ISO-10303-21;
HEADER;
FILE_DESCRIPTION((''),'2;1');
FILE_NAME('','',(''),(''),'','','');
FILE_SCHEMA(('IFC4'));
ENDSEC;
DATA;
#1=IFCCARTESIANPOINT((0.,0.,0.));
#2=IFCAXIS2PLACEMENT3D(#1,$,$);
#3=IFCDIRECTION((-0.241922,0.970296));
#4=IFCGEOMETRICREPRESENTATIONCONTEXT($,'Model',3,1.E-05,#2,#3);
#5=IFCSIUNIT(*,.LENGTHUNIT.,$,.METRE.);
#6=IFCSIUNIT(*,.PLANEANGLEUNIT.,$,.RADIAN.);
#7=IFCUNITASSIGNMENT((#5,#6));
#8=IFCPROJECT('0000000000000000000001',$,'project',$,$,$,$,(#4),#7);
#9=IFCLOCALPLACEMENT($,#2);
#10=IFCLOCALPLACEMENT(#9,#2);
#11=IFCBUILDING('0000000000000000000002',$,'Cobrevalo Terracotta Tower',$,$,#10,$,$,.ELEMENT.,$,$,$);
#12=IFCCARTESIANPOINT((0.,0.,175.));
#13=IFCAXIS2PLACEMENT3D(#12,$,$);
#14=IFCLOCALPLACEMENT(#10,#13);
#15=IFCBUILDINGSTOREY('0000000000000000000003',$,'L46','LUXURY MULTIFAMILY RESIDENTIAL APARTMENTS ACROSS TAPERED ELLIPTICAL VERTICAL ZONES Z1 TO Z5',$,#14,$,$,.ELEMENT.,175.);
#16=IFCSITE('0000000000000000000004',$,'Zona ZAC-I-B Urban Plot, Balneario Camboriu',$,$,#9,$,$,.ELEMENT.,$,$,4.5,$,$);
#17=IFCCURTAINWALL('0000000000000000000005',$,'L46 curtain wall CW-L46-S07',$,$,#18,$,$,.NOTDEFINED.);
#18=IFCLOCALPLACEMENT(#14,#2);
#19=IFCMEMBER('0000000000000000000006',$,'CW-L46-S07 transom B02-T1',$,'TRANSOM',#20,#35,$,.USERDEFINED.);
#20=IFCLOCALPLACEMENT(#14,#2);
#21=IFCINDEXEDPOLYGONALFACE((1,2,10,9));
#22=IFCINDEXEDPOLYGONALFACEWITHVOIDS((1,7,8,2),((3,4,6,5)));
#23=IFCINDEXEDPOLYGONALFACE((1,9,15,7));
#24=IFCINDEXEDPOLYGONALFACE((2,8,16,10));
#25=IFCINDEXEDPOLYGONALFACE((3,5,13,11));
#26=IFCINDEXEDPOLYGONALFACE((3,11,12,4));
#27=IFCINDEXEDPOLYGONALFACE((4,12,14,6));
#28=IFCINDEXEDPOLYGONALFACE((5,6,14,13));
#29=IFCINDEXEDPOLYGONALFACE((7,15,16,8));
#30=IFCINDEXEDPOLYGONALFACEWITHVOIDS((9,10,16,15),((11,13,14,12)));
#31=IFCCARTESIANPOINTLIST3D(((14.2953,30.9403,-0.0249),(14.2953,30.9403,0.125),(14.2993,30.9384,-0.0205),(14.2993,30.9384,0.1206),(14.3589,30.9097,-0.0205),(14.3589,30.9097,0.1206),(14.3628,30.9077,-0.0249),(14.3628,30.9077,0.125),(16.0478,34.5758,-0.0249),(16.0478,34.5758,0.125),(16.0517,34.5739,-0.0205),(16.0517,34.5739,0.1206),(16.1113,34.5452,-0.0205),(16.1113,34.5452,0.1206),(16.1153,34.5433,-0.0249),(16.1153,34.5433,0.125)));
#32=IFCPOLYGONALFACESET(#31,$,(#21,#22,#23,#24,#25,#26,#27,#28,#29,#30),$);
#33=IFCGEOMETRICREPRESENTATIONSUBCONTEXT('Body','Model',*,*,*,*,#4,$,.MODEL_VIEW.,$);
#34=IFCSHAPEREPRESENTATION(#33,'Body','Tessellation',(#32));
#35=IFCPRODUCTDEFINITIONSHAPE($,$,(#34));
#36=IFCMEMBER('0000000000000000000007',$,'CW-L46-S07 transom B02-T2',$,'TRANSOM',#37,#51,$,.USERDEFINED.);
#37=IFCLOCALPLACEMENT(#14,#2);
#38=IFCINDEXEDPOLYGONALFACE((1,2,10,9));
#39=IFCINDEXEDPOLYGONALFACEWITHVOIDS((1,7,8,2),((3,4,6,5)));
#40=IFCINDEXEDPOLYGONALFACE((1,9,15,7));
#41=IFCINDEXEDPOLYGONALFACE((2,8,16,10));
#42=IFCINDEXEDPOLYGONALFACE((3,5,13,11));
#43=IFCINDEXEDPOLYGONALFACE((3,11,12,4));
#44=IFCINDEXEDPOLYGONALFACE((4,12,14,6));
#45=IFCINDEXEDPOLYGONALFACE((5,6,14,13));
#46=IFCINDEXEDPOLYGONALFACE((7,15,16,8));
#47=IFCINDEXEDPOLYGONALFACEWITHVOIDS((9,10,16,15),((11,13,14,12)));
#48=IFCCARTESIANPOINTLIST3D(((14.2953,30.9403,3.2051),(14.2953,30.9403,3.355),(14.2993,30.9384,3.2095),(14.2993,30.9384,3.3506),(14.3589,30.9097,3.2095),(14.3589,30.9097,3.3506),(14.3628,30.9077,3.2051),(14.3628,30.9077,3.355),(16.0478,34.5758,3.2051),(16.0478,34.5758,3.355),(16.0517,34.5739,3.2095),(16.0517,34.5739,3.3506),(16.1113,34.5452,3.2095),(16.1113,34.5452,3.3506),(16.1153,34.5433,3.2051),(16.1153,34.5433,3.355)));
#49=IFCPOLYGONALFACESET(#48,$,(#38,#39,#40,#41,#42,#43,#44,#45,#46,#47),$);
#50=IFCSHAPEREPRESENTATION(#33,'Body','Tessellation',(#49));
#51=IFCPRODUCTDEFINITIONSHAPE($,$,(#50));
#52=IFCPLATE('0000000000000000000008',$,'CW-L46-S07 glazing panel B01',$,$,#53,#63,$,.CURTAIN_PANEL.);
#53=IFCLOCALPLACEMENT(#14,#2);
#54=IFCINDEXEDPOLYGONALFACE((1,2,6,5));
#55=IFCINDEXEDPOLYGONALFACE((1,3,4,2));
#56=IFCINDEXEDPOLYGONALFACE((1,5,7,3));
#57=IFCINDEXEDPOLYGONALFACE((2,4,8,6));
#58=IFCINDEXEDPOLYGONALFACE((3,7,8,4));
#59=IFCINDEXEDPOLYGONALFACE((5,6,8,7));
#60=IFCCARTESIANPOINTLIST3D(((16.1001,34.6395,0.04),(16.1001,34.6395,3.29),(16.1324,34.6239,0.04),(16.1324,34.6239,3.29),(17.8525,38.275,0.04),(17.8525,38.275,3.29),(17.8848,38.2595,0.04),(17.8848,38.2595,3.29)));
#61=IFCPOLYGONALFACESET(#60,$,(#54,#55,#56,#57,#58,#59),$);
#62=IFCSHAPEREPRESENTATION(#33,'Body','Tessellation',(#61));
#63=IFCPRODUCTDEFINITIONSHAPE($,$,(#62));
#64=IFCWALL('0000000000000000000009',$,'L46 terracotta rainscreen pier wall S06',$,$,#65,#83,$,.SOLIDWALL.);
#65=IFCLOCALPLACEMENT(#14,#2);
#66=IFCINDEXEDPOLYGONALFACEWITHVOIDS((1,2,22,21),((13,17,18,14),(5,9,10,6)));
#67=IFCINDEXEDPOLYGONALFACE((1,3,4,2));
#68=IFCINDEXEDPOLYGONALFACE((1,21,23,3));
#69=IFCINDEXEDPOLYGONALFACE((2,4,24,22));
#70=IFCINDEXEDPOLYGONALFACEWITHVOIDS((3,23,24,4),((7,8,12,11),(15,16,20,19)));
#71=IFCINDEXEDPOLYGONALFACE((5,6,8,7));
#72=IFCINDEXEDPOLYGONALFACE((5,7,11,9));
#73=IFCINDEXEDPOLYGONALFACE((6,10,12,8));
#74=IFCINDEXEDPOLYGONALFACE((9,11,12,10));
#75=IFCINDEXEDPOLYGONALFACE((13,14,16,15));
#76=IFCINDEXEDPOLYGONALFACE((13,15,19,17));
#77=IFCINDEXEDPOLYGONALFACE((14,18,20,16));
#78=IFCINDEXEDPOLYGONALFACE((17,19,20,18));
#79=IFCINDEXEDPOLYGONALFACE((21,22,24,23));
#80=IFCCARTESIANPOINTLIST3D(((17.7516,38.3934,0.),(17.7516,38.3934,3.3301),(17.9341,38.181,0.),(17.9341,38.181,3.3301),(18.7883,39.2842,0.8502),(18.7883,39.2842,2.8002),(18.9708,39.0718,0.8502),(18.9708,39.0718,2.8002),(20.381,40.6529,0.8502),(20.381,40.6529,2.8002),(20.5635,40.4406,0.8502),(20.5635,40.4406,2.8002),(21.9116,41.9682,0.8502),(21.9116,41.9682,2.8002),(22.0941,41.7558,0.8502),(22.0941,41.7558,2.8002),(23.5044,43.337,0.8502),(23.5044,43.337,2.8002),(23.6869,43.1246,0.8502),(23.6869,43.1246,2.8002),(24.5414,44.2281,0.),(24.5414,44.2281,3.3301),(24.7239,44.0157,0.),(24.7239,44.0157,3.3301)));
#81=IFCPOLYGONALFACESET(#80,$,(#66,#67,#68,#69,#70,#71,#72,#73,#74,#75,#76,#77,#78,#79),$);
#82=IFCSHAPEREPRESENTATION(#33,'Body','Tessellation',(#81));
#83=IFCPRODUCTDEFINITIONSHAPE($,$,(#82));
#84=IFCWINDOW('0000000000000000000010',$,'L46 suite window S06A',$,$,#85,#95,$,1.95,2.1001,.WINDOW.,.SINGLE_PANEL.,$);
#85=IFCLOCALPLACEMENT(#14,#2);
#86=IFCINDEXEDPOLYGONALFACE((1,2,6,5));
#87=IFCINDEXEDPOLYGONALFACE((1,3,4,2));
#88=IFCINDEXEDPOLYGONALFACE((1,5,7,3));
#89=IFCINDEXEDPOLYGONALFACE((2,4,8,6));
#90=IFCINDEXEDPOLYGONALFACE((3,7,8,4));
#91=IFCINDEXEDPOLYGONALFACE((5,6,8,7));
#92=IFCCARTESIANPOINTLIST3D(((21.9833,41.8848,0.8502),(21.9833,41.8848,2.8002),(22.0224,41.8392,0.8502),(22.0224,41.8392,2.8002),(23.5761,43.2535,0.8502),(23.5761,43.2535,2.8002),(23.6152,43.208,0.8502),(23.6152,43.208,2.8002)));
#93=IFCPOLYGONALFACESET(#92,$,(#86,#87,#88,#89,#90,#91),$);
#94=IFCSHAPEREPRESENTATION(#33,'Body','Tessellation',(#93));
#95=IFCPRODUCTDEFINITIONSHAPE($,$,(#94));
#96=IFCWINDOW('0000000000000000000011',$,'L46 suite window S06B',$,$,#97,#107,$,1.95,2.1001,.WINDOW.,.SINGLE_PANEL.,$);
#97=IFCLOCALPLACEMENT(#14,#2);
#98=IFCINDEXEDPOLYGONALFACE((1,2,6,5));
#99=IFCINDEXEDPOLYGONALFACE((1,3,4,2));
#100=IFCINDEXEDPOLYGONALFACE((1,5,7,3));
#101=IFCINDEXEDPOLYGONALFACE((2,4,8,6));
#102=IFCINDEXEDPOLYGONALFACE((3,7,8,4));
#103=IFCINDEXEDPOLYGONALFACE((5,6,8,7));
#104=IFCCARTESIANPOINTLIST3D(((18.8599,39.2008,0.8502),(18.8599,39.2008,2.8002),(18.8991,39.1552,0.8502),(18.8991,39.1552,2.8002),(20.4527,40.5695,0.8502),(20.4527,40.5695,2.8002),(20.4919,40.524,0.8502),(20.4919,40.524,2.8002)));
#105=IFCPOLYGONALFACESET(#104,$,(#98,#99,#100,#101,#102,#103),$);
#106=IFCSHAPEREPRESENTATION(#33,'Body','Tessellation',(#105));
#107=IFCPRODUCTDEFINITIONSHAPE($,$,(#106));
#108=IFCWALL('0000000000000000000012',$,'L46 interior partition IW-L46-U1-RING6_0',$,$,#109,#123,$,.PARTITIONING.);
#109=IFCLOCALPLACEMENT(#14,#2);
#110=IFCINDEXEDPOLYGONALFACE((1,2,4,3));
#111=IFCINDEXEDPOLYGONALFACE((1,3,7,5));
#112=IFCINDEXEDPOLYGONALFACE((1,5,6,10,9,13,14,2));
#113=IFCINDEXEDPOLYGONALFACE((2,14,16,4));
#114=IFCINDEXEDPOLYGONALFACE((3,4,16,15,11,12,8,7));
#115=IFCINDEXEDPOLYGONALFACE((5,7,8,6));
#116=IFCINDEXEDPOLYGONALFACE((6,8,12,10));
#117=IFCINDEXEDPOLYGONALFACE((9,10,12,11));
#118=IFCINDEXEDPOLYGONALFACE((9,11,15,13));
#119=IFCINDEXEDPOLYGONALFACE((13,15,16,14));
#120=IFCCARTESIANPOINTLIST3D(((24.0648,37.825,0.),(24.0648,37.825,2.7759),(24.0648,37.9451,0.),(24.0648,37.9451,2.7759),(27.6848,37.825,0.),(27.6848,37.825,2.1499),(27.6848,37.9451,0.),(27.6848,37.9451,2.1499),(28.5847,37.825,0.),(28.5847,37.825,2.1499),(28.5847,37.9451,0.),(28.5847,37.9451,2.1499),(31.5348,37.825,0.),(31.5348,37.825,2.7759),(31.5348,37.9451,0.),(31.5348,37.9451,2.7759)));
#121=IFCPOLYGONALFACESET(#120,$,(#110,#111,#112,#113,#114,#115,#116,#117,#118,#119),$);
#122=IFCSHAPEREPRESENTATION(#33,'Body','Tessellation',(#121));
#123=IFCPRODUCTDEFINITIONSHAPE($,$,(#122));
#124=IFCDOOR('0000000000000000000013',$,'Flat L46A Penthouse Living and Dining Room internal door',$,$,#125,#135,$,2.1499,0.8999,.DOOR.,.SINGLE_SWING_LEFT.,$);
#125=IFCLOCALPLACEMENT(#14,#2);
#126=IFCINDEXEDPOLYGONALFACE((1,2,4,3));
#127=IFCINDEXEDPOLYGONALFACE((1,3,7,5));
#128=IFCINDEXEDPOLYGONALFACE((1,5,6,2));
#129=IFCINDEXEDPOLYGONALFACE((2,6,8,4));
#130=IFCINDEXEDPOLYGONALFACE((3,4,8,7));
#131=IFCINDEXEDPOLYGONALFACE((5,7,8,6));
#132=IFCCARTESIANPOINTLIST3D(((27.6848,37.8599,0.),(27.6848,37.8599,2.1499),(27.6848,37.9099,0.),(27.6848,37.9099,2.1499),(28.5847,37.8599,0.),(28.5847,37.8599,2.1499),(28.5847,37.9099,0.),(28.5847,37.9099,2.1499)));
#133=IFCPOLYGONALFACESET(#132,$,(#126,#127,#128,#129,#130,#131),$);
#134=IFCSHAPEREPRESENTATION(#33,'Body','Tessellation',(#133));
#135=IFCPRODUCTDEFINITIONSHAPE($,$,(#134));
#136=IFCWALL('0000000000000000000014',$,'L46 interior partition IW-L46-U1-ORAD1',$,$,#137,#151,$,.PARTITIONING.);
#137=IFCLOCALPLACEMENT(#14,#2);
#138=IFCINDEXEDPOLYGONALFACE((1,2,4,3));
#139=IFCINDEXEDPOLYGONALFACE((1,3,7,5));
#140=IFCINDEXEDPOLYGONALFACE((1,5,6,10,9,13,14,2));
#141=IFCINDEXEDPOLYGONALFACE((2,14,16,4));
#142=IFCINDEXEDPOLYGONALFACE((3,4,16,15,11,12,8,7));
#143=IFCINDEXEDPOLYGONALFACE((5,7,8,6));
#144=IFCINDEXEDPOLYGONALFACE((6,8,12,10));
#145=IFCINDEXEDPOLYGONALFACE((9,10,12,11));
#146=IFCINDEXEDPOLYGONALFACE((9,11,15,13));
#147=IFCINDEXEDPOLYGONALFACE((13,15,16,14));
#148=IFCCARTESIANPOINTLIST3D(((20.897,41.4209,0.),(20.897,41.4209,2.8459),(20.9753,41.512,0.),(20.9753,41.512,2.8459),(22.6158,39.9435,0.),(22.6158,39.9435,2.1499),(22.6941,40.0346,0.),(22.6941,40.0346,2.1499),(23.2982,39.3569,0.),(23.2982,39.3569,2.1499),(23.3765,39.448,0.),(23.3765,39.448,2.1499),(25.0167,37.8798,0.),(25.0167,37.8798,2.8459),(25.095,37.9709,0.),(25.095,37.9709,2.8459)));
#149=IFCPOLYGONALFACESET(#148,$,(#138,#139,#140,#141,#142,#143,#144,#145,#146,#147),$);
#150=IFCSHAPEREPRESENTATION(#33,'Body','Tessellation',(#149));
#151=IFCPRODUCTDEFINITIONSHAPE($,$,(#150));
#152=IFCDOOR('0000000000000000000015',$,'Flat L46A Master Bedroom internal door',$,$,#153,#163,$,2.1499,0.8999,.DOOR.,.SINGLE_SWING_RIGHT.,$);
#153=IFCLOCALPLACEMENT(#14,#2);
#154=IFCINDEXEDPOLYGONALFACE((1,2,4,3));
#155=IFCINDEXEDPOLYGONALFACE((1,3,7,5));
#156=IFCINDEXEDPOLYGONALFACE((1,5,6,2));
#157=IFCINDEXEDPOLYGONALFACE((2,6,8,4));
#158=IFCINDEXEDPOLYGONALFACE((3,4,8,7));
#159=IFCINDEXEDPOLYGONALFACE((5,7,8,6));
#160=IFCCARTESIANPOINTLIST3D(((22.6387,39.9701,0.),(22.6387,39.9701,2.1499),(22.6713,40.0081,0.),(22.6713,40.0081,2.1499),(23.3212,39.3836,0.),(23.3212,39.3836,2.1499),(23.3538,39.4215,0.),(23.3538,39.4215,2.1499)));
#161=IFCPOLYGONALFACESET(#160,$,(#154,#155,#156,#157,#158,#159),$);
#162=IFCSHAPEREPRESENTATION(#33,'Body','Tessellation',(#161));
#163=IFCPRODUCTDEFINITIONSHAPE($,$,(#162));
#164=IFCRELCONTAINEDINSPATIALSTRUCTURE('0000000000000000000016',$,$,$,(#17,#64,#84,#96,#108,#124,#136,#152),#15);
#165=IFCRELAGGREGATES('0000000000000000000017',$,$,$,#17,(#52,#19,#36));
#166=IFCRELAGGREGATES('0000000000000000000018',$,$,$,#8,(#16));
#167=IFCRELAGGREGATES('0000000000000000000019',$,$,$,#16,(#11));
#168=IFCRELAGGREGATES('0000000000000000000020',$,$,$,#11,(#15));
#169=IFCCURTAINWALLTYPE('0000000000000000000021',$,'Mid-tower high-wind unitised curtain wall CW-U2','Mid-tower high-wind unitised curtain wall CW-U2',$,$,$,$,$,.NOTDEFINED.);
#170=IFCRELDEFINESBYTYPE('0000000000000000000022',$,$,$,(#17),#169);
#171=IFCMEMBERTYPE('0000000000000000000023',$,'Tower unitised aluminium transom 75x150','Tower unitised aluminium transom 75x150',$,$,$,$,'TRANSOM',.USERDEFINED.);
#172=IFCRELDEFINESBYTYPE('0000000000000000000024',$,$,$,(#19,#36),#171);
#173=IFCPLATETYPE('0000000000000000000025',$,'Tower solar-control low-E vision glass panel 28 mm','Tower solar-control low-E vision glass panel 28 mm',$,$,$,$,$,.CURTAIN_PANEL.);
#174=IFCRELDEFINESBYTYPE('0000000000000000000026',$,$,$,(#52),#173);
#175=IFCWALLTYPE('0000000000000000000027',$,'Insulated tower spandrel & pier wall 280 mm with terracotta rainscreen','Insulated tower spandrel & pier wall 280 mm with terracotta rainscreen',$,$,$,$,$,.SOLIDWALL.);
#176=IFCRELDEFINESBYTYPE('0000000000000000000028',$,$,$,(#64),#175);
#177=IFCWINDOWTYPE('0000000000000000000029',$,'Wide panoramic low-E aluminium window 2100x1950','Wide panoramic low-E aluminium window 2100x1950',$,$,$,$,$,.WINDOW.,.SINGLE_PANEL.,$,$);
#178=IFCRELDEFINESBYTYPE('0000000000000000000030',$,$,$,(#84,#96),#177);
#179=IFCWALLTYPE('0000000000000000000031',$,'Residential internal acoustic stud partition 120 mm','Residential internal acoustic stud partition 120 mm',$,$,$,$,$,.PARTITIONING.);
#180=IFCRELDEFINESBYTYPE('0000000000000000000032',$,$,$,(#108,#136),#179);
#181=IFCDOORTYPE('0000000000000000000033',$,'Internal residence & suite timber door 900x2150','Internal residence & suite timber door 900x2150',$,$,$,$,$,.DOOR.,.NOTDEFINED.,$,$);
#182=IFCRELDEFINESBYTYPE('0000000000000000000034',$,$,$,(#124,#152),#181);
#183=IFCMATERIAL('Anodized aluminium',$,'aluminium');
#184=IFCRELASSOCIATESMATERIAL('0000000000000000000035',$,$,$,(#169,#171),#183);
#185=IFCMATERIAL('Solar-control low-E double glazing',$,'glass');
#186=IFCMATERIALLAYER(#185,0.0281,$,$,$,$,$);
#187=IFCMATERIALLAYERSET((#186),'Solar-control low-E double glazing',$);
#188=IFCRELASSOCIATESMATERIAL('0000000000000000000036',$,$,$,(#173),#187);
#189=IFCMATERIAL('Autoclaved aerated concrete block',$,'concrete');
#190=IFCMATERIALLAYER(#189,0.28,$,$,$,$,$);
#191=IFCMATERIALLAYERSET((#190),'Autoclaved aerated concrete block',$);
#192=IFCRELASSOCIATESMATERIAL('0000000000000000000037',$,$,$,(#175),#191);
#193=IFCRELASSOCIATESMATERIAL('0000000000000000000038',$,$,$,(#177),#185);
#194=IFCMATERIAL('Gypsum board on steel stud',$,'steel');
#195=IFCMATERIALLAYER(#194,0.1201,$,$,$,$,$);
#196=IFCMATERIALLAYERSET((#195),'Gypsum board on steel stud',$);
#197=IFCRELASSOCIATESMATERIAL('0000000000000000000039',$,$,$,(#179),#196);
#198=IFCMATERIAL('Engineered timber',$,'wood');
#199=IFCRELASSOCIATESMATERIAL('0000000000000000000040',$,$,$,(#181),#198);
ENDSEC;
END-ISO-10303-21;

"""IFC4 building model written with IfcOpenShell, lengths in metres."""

from ifc_helpers import new_model, si_unit, direction, frame, frame_2d, origin, origin_2d, place, context, subcontext, project, spatial, rectangle, hollow_rectangle, extrude, source, transform, mapped, material, layer, layer_set, material_profile, profile_set, type_object, element, fill, aggregate, save


model = new_model("IFC4")

# Units and contexts
model_context = context("Model", 3, precision=1e-05, world=origin(), true_north=direction((-0.241922, 0.970296)))
body_context = subcontext(model_context, "Body", "Model", "MODEL_VIEW")
ifc_project = project(units=[si_unit("LENGTHUNIT", "METRE"), si_unit("PLANEANGLEUNIT", "RADIAN")], contexts=[model_context])

# Site, building, storey
site_placement = place(None, origin())
site = spatial("IfcSite", under=ifc_project, at=site_placement, Name="Zona ZAC-I-B Urban Plot, Balneario Camboriu", CompositionType="ELEMENT", RefElevation=4.5)
building_placement = place(site_placement, origin())
building = spatial("IfcBuilding", under=site, at=building_placement, Name="Cobrevalo Terracotta Tower", CompositionType="ELEMENT")
storey_placement = place(building_placement, frame((0.0, 0.0, 175.0)))
storey = spatial("IfcBuildingStorey", under=building, at=storey_placement, Name="L46", Description="LUXURY MULTIFAMILY RESIDENTIAL APARTMENTS ACROSS TAPERED ELLIPTICAL VERTICAL ZONES Z1 TO Z5", CompositionType="ELEMENT", Elevation=175.0)

# Shared definitions
ifc_material_1 = material(Name="Anodized aluminium", Category="aluminium")
curtain_wall_type = type_object("IfcCurtainWallType", Name="Mid-tower high-wind unitised curtain wall CW-U2", Description="Mid-tower high-wind unitised curtain wall CW-U2", PredefinedType="NOTDEFINED", material=ifc_material_1)

# Curtain wall, members, plate
curtain_wall_1_placement = place(storey_placement, origin())
curtain_wall_1 = element("IfcCurtainWall", 1, at=curtain_wall_1_placement, inside=storey, type_object=curtain_wall_type, Name="L46 curtain wall CW-L46-S07", PredefinedType="NOTDEFINED")
ifc_material_profile_1 = material_profile(ifc_material_1, hollow_rectangle(XDim=0.075, YDim=0.1499, WallThickness=0.0044, at=origin_2d()), Name="CWT 75x150")
ifc_profile_set_1 = profile_set([ifc_material_profile_1], Name="Anodized aluminium")
member_type_1 = type_object("IfcMemberType", Name="Tower unitised aluminium transom 75x150", Description="Tower unitised aluminium transom 75x150", ElementType="TRANSOM", PredefinedType="USERDEFINED", material=ifc_profile_set_1)
shared_shape_1 = source(origin(), body_context, "Body", "SweptSolid", [
    extrude(hollow_rectangle(XDim=0.075, YDim=0.1499, WallThickness=0.0044, at=origin_2d()), origin(), (0.0, 0.0, 1.0), 4.0359),
])
member_1_placement = place(storey_placement, frame((16.0815, 34.5596, 0.05), z_axis=(-0.434221, -0.900806, 0.0), x_axis=(0.900806, -0.434221, 0.0)))
member_1 = element("IfcMember", 2, at=member_1_placement, type_object=member_type_1, Name="CW-L46-S07 transom B02-T1", ObjectType="TRANSOM", PredefinedType="USERDEFINED", context=body_context, shape_type="MappedRepresentation", body=[
    mapped(shared_shape_1, transform((0.0, 0.0, 0.0), scale=1.0)),
])
member_2_placement = place(storey_placement, frame((16.0815, 34.5596, 3.28), z_axis=(-0.434221, -0.900806, 0.0), x_axis=(0.900806, -0.434221, 0.0)))
member_2 = element("IfcMember", 3, at=member_2_placement, type_object=member_type_1, Name="CW-L46-S07 transom B02-T2", ObjectType="TRANSOM", PredefinedType="USERDEFINED", context=body_context, shape_type="MappedRepresentation", body=[
    mapped(shared_shape_1, transform((0.0, 0.0, 0.0), scale=1.0)),
])
ifc_material_2 = material(Name="Solar-control low-E double glazing", Category="glass")
ifc_layer_1 = layer(ifc_material_2, 0.0281)
ifc_layer_set_1 = layer_set([ifc_layer_1], Name="Solar-control low-E double glazing")
plate_type = type_object("IfcPlateType", Name="Tower solar-control low-E vision glass panel 28 mm", Description="Tower solar-control low-E vision glass panel 28 mm", PredefinedType="CURTAIN_PANEL", material=ifc_layer_set_1)
shared_shape_2 = source(origin(), body_context, "Body", "SweptSolid", [
    extrude(rectangle(XDim=4.0359, YDim=0.0359, at=origin_2d()), origin(), (0.0, 0.0, 1.0), 3.25),
])
plate_placement = place(storey_placement, frame((16.9924, 36.4495, 0.04), z_axis=(0.0, 0.0, 1.0), x_axis=(-0.434209, -0.900812, 0.0)))
plate = element("IfcPlate", 4, at=plate_placement, type_object=plate_type, Name="CW-L46-S07 glazing panel B01", PredefinedType="CURTAIN_PANEL", context=body_context, shape_type="MappedRepresentation", body=[
    mapped(shared_shape_2, transform((0.0, 0.0, 0.0), scale=1.0)),
])
aggregate(curtain_wall_1, [plate, member_1, member_2])

# Wall, openings, windows
ifc_material_3 = material(Name="Autoclaved aerated concrete block", Category="concrete")
ifc_layer_2 = layer(ifc_material_3, 0.28)
ifc_layer_set_2 = layer_set([ifc_layer_2], Name="Autoclaved aerated concrete block")
wall_type_1 = type_object("IfcWallType", Name="Insulated tower spandrel & pier wall 280 mm with terracotta rainscreen", Description="Insulated tower spandrel & pier wall 280 mm with terracotta rainscreen", PredefinedType="SOLIDWALL", material=ifc_layer_set_2)
wall_1_placement = place(storey_placement, frame((24.6326, 44.1218, 0.0), z_axis=(0.0, 0.0, 1.0), x_axis=(-0.758434, -0.65175, 0.0)))
wall_1 = element("IfcWall", 5, at=wall_1_placement, inside=storey, type_object=wall_type_1, Name="L46 terracotta rainscreen pier wall S06", PredefinedType="SOLIDWALL", context=body_context, shape_type="SweptSolid", body=[
    extrude(rectangle(XDim=8.9524, YDim=0.28, at=frame_2d((4.4761, 0.0))), origin(), (0.0, 0.0, 1.0), 3.3301),
])
opening_1_placement = place(wall_1_placement, frame((1.3672, 0.0, 0.8501)))
opening_1 = element("IfcOpeningElement", 6, at=opening_1_placement, cuts=wall_1, PredefinedType="OPENING", context=body_context, shape_type="SweptSolid", body=[
    extrude(rectangle(XDim=2.1001, YDim=1.95, at=frame_2d((1.05, 0.9751))), frame((0.0, 0.1499, 0.0), z_axis=(0.0, -1.0, 0.0), x_axis=(1.0, 0.0, 0.0)), (0.0, 0.0, 1.0), 0.3),
])
opening_2_placement = place(wall_1_placement, frame((5.4854, 0.0, 0.8501)))
opening_2 = element("IfcOpeningElement", 7, at=opening_2_placement, cuts=wall_1, PredefinedType="OPENING", context=body_context, shape_type="SweptSolid", body=[
    extrude(rectangle(XDim=2.1001, YDim=1.95, at=frame_2d((1.05, 0.9751))), frame((0.0, 0.1499, 0.0), z_axis=(0.0, -1.0, 0.0), x_axis=(1.0, 0.0, 0.0)), (0.0, 0.0, 1.0), 0.3),
])
window_type = type_object("IfcWindowType", Name="Wide panoramic low-E aluminium window 2100x1950", Description="Wide panoramic low-E aluminium window 2100x1950", PartitioningType="SINGLE_PANEL", PredefinedType="WINDOW", material=ifc_material_2)
shared_shape_3 = source(origin(), body_context, "Body", "SweptSolid", [
    extrude(rectangle(XDim=2.1001, YDim=1.95, at=frame_2d((1.05, 0.9751))), frame((0.0, 0.03, 0.0), z_axis=(0.0, -1.0, 0.0), x_axis=(1.0, 0.0, 0.0)), (0.0, 0.0, 1.0), 0.0601),
])
window_1_placement = place(opening_1_placement, origin())
window_1 = element("IfcWindow", 8, at=window_1_placement, inside=storey, type_object=window_type, Name="L46 suite window S06A", OverallHeight=1.95, OverallWidth=2.1001, PartitioningType="SINGLE_PANEL", PredefinedType="WINDOW", context=body_context, shape_type="MappedRepresentation", body=[
    mapped(shared_shape_3, transform((0.0, 0.0, 0.0), scale=1.0)),
])
fill(opening_1, window_1)
window_2_placement = place(opening_2_placement, origin())
window_2 = element("IfcWindow", 9, at=window_2_placement, inside=storey, type_object=window_type, Name="L46 suite window S06B", OverallHeight=1.95, OverallWidth=2.1001, PartitioningType="SINGLE_PANEL", PredefinedType="WINDOW", context=body_context, shape_type="MappedRepresentation", body=[
    mapped(shared_shape_3, transform((0.0, 0.0, 0.0), scale=1.0)),
])
fill(opening_2, window_2)

# Walls, openings, doors
ifc_material_4 = material(Name="Gypsum board on steel stud", Category="steel")
ifc_layer_3 = layer(ifc_material_4, 0.1201)
ifc_layer_set_3 = layer_set([ifc_layer_3], Name="Gypsum board on steel stud")
wall_type_2 = type_object("IfcWallType", Name="Residential internal acoustic stud partition 120 mm", Description="Residential internal acoustic stud partition 120 mm", PredefinedType="PARTITIONING", material=ifc_layer_set_3)
wall_2_placement = place(storey_placement, frame((24.0649, 37.885, 0.0), z_axis=(0.0, 0.0, 1.0), x_axis=(1.0, 0.0, 0.0)))
wall_2 = element("IfcWall", 10, at=wall_2_placement, inside=storey, type_object=wall_type_2, Name="L46 interior partition IW-L46-U1-RING6_0", PredefinedType="PARTITIONING", context=body_context, shape_type="SweptSolid", body=[
    extrude(rectangle(XDim=7.47, YDim=0.1201, at=frame_2d((3.7349, 0.0))), origin(), (0.0, 0.0, 1.0), 2.7759),
])
opening_3_placement = place(wall_2_placement, frame((3.6199, 0.0, 0.0)))
opening_3 = element("IfcOpeningElement", 11, at=opening_3_placement, cuts=wall_2, PredefinedType="OPENING", context=body_context, shape_type="SweptSolid", body=[
    extrude(rectangle(XDim=0.8999, YDim=2.1499, at=frame_2d((0.45, 1.075))), frame((0.0, 0.0701, 0.0), z_axis=(0.0, -1.0, 0.0), x_axis=(1.0, 0.0, 0.0)), (0.0, 0.0, 1.0), 0.1401),
])
ifc_material_5 = material(Name="Engineered timber", Category="wood")
door_type = type_object("IfcDoorType", Name="Internal residence & suite timber door 900x2150", Description="Internal residence & suite timber door 900x2150", OperationType="NOTDEFINED", PredefinedType="DOOR", material=ifc_material_5)
shared_shape_4 = source(origin(), body_context, "Body", "SweptSolid", [
    extrude(rectangle(XDim=0.8999, YDim=2.1499, at=frame_2d((0.45, 1.075))), frame((0.0, 0.0249, 0.0), z_axis=(0.0, -1.0, 0.0), x_axis=(1.0, 0.0, 0.0)), (0.0, 0.0, 1.0), 0.05),
])
door_1_placement = place(opening_3_placement, origin())
door_1 = element("IfcDoor", 12, at=door_1_placement, inside=storey, type_object=door_type, Name="Flat L46A Penthouse Living and Dining Room internal door", OperationType="SINGLE_SWING_LEFT", OverallHeight=2.1499, OverallWidth=0.8999, PredefinedType="DOOR", context=body_context, shape_type="MappedRepresentation", body=[
    mapped(shared_shape_4, transform((0.0, 0.0, 0.0), scale=1.0)),
])
fill(opening_3, door_1)
wall_3_placement = place(storey_placement, frame((25.0559, 37.9253, 0.0), z_axis=(0.0, 0.0, 1.0), x_axis=(-0.758355, 0.651842, 0.0)))
wall_3 = element("IfcWall", 13, at=wall_3_placement, inside=storey, type_object=wall_type_2, Name="L46 interior partition IW-L46-U1-ORAD1", PredefinedType="PARTITIONING", context=body_context, shape_type="SweptSolid", body=[
    extrude(rectangle(XDim=5.4324, YDim=0.1201, at=frame_2d((2.7163, 0.0))), origin(), (0.0, 0.0, 1.0), 2.8459),
])
opening_4_placement = place(wall_3_placement, frame((2.2661, 0.0, 0.0)))
opening_4 = element("IfcOpeningElement", 14, at=opening_4_placement, cuts=wall_3, PredefinedType="OPENING", context=body_context, shape_type="SweptSolid", body=[
    extrude(rectangle(XDim=0.8999, YDim=2.1499, at=frame_2d((0.45, 1.075))), frame((0.0, 0.0701, 0.0), z_axis=(0.0, -1.0, 0.0), x_axis=(1.0, 0.0, 0.0)), (0.0, 0.0, 1.0), 0.1401),
])
door_2_placement = place(opening_4_placement, origin())
door_2 = element("IfcDoor", 15, at=door_2_placement, inside=storey, type_object=door_type, Name="Flat L46A Master Bedroom internal door", OperationType="SINGLE_SWING_RIGHT", OverallHeight=2.1499, OverallWidth=0.8999, PredefinedType="DOOR", context=body_context, shape_type="MappedRepresentation", body=[
    mapped(shared_shape_4, transform((0.0, 0.0, 0.0), scale=1.0)),
])
fill(opening_4, door_2)

save(model, "model.ifc")
